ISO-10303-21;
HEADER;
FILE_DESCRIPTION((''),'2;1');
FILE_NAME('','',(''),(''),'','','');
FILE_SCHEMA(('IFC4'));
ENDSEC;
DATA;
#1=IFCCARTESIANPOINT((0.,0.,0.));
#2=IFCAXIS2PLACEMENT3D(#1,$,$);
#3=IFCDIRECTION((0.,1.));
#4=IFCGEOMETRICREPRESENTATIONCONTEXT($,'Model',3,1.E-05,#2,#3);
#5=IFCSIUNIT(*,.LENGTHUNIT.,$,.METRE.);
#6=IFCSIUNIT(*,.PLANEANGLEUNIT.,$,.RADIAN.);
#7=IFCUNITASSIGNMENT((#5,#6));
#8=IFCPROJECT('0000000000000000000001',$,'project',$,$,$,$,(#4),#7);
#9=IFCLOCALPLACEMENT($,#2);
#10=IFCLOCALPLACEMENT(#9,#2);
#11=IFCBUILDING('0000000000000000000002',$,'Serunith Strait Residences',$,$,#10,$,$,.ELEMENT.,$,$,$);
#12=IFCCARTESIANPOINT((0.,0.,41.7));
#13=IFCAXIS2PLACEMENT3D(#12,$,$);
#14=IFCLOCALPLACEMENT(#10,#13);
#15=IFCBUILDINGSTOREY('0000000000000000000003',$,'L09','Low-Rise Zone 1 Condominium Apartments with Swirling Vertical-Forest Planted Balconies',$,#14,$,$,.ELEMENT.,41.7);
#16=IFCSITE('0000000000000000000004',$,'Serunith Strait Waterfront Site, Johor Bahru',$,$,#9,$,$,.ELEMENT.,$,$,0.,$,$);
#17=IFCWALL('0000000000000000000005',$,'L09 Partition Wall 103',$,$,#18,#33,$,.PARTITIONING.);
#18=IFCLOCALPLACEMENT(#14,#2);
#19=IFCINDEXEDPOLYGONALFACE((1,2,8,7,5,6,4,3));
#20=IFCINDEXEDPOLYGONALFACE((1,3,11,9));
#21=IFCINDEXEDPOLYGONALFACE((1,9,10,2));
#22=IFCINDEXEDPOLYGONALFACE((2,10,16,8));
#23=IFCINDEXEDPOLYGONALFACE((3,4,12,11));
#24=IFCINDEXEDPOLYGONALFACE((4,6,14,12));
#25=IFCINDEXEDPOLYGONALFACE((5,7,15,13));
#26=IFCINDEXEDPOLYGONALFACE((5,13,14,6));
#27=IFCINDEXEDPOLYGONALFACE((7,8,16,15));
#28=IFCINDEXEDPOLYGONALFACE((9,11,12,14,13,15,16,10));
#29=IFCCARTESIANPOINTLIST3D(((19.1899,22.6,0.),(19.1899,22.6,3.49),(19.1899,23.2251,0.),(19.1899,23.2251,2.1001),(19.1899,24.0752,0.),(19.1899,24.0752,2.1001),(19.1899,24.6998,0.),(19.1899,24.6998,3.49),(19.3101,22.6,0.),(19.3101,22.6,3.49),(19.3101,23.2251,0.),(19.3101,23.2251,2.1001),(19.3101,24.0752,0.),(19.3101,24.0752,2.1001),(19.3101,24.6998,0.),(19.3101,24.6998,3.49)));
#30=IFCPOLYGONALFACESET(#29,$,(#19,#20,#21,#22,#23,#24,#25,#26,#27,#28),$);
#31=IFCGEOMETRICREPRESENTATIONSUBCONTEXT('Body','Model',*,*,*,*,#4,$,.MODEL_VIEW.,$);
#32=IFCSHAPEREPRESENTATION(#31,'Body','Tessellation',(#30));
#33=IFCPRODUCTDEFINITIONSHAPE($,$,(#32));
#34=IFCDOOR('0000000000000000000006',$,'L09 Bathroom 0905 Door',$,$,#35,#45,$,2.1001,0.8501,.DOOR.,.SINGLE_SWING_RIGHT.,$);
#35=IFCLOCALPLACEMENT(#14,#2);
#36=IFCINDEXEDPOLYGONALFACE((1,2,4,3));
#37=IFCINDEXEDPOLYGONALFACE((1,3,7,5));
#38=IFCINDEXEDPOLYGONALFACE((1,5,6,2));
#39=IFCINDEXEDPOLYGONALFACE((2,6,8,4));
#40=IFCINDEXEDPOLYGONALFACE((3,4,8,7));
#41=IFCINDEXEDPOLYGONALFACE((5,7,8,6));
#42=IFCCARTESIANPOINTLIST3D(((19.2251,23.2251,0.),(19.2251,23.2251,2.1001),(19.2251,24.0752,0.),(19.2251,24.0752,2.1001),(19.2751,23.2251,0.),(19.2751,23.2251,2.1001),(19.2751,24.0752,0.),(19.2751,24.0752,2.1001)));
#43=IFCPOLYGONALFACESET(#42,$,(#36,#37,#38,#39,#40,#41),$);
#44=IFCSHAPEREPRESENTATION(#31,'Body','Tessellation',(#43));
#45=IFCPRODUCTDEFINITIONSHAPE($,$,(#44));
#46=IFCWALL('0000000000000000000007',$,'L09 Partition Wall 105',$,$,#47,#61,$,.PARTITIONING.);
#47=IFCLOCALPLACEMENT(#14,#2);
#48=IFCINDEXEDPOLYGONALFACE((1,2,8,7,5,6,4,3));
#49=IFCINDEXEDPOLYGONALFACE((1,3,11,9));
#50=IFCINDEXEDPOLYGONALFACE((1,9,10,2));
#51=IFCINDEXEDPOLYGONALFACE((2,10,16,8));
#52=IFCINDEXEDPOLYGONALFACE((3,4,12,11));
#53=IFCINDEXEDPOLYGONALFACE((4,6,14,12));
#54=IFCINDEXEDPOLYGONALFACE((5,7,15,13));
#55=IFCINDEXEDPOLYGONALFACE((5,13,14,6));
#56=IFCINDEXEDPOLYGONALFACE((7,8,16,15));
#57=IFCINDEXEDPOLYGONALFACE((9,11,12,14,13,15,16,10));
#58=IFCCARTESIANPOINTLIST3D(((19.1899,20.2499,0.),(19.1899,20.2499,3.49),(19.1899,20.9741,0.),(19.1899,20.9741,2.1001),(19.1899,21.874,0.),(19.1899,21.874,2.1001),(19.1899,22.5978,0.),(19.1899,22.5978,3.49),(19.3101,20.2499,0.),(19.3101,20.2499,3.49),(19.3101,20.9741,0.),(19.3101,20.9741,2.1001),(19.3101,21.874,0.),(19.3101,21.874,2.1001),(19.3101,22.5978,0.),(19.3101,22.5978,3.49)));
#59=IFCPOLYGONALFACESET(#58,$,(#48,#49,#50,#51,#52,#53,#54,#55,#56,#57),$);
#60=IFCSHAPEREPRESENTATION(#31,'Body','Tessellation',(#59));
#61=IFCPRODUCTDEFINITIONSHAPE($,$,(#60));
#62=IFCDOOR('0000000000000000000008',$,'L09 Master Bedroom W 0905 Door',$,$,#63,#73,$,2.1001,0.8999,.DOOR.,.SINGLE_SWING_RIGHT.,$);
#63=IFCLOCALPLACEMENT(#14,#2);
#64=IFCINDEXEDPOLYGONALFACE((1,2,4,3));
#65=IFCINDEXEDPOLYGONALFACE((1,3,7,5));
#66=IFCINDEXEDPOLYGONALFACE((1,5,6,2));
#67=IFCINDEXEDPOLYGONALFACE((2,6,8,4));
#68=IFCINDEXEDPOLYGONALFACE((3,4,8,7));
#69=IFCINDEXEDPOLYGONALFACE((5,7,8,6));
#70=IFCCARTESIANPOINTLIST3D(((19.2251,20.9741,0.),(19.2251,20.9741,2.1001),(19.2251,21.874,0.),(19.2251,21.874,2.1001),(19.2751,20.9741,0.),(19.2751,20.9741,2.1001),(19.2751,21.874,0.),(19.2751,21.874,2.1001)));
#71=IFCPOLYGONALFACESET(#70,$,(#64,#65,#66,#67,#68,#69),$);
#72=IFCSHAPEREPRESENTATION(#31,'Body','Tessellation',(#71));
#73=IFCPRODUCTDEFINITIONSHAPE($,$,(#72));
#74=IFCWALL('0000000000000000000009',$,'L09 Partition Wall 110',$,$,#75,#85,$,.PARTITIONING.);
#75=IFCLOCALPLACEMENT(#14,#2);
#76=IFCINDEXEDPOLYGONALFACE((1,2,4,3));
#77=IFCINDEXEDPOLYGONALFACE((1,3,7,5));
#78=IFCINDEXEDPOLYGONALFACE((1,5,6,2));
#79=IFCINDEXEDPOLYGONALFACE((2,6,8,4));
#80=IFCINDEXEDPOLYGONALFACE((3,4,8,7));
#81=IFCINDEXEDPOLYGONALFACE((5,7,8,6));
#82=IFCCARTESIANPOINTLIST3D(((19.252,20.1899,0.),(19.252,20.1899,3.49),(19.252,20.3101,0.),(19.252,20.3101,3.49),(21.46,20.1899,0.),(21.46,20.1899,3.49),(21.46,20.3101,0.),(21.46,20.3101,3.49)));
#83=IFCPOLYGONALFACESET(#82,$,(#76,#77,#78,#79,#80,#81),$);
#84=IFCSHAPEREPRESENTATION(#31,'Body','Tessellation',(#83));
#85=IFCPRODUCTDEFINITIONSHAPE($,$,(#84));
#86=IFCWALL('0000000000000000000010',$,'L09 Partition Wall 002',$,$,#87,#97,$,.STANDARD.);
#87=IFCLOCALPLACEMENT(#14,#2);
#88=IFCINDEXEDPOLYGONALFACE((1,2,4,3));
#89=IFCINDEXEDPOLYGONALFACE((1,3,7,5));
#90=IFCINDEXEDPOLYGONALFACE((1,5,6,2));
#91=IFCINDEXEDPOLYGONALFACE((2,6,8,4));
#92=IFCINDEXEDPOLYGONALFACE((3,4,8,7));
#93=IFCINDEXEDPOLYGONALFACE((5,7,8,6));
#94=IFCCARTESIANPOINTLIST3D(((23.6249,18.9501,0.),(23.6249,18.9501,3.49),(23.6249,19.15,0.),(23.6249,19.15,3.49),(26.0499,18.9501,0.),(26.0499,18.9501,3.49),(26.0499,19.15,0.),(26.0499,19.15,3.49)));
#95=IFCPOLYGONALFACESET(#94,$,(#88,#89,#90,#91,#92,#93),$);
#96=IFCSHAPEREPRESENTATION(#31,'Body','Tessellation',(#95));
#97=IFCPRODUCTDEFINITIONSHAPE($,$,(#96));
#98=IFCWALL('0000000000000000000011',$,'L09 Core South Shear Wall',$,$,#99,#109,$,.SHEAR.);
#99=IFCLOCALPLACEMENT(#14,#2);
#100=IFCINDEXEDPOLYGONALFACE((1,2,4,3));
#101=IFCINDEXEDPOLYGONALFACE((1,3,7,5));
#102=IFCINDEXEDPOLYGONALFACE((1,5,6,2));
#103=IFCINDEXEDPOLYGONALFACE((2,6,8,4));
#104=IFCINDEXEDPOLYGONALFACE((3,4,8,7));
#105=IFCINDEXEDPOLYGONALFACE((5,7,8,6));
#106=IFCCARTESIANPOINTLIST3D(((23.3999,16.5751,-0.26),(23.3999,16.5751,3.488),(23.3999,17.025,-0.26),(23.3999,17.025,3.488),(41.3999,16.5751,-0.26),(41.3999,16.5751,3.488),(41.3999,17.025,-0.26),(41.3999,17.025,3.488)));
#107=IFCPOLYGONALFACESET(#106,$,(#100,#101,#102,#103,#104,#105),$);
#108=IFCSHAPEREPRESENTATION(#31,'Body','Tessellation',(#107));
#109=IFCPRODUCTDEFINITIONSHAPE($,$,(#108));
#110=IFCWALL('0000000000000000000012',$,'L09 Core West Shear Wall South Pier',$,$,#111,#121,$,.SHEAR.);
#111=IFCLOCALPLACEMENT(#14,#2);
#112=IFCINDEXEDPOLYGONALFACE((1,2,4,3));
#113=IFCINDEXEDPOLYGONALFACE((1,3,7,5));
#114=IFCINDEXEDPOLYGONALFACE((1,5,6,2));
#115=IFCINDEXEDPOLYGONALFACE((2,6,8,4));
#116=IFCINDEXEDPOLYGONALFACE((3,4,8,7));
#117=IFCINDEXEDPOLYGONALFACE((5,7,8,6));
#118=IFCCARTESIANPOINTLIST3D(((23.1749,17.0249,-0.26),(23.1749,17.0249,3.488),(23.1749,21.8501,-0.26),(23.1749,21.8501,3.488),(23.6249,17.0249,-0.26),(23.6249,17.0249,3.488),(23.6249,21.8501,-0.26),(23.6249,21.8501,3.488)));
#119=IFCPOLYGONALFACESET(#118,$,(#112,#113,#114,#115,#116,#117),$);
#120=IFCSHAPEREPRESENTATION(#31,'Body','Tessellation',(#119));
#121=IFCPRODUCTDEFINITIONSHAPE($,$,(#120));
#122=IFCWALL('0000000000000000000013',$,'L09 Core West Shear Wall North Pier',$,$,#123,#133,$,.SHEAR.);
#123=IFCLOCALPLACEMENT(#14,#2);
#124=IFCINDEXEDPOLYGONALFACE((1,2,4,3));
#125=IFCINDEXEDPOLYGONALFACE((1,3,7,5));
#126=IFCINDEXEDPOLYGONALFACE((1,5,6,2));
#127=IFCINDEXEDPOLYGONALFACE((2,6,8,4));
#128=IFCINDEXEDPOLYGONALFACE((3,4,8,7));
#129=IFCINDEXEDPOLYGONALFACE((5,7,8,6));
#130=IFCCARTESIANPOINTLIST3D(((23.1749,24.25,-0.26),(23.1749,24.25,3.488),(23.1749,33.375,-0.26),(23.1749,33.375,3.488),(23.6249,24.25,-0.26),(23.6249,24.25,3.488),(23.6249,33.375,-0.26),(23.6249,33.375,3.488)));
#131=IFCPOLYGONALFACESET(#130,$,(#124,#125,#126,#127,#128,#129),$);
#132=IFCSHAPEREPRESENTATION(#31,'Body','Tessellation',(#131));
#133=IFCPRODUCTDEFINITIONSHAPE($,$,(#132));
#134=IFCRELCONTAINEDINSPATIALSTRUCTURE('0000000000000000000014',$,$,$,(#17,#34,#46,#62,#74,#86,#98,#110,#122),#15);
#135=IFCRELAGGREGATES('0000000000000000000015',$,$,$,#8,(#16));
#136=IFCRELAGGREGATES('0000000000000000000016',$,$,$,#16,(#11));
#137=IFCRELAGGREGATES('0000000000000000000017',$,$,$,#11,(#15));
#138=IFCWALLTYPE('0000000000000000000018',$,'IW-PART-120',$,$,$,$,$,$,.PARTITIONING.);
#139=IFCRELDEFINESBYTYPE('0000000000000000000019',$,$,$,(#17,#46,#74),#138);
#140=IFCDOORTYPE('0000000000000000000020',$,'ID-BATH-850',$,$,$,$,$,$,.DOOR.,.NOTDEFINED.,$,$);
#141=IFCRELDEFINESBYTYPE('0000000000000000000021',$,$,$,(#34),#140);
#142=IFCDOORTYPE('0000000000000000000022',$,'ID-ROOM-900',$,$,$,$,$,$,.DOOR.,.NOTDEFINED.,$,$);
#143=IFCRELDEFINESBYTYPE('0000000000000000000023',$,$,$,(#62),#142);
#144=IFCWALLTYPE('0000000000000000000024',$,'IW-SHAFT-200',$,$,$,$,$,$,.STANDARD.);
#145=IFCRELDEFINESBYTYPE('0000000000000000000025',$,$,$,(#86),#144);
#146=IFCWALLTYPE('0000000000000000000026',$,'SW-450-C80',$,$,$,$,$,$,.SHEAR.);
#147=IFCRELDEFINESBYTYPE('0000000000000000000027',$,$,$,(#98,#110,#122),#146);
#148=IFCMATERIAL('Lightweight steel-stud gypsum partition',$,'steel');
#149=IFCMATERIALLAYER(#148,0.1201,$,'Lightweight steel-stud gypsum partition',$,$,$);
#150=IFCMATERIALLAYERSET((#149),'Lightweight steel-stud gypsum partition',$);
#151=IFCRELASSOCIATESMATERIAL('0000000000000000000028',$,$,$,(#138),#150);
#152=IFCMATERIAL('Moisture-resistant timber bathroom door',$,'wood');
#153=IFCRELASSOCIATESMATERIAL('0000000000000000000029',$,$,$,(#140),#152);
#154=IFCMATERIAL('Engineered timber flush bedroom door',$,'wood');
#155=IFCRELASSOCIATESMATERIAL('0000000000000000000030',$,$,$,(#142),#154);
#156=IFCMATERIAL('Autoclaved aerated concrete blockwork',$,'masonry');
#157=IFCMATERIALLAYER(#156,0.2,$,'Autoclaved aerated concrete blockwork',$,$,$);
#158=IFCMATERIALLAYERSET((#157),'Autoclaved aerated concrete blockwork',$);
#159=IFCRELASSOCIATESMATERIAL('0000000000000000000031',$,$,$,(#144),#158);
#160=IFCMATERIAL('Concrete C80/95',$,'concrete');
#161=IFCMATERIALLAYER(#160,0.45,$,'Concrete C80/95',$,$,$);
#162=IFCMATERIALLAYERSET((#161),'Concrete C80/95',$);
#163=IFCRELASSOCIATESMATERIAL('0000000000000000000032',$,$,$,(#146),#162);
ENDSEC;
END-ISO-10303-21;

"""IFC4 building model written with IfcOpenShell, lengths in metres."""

from ifc_helpers import new_model, si_unit, direction, frame, frame_2d, origin, place, context, subcontext, project, spatial, rectangle, extrude, source, transform, mapped, material, layer, layer_set, type_object, element, fill, save


model = new_model("IFC4")

# Units and contexts
model_context = context("Model", 3, precision=1e-05, world=origin(), true_north=direction((0.0, 1.0)))
body_context = subcontext(model_context, "Body", "Model", "MODEL_VIEW")
ifc_project = project(units=[si_unit("LENGTHUNIT", "METRE"), si_unit("PLANEANGLEUNIT", "RADIAN")], contexts=[model_context])

# Site, building, storey
site_placement = place(None, origin())
site = spatial("IfcSite", under=ifc_project, at=site_placement, Name="Serunith Strait Waterfront Site, Johor Bahru", CompositionType="ELEMENT", RefElevation=0.0)
building_placement = place(site_placement, origin())
building = spatial("IfcBuilding", under=site, at=building_placement, Name="Serunith Strait Residences", CompositionType="ELEMENT")
storey_placement = place(building_placement, frame((0.0, 0.0, 41.7)))
storey = spatial("IfcBuildingStorey", under=building, at=storey_placement, Name="L09", Description="Low-Rise Zone 1 Condominium Apartments with Swirling Vertical-Forest Planted Balconies", CompositionType="ELEMENT", Elevation=41.7)

# Walls, openings, doors
ifc_material_1 = material(Name="Lightweight steel-stud gypsum partition", Category="steel")
ifc_layer_1 = layer(ifc_material_1, 0.1201, Name="Lightweight steel-stud gypsum partition")
ifc_layer_set_1 = layer_set([ifc_layer_1], Name="Lightweight steel-stud gypsum partition")
wall_type_1 = type_object("IfcWallType", Name="IW-PART-120", PredefinedType="PARTITIONING", material=ifc_layer_set_1)
wall_1_placement = place(storey_placement, frame((19.25, 22.6001, 0.0), z_axis=(0.0, 0.0, 1.0), x_axis=(0.0, 1.0, 0.0)))
wall_1 = element("IfcWall", 1, at=wall_1_placement, inside=storey, type_object=wall_type_1, Name="L09 Partition Wall 103", PredefinedType="PARTITIONING", context=body_context, shape_type="SweptSolid", body=[
    extrude(rectangle(XDim=2.0999, YDim=0.1201, at=frame_2d((1.0498, 0.0))), origin(), (0.0, 0.0, 1.0), 3.49),
])
opening_1_placement = place(wall_1_placement, frame((0.625, 0.0, 0.0)))
opening_1 = element("IfcOpeningElement", 2, at=opening_1_placement, cuts=wall_1, PredefinedType="OPENING", context=body_context, shape_type="SweptSolid", body=[
    extrude(rectangle(XDim=0.8501, YDim=2.1001, at=frame_2d((0.425, 1.05))), frame((0.0, 0.0701, 0.0), z_axis=(0.0, -1.0, 0.0), x_axis=(1.0, 0.0, 0.0)), (0.0, 0.0, 1.0), 0.1401),
])
ifc_material_2 = material(Name="Moisture-resistant timber bathroom door", Category="wood")
door_type_1 = type_object("IfcDoorType", Name="ID-BATH-850", OperationType="NOTDEFINED", PredefinedType="DOOR", material=ifc_material_2)
shared_shape_1 = source(origin(), body_context, "Body", "SweptSolid", [
    extrude(rectangle(XDim=0.8501, YDim=2.1001, at=frame_2d((0.425, 1.05))), frame((0.0, 0.0249, 0.0), z_axis=(0.0, -1.0, 0.0), x_axis=(1.0, 0.0, 0.0)), (0.0, 0.0, 1.0), 0.05),
])
door_1_placement = place(opening_1_placement, origin())
door_1 = element("IfcDoor", 3, at=door_1_placement, inside=storey, type_object=door_type_1, Name="L09 Bathroom 0905 Door", OperationType="SINGLE_SWING_RIGHT", OverallHeight=2.1001, OverallWidth=0.8501, PredefinedType="DOOR", context=body_context, shape_type="MappedRepresentation", body=[
    mapped(shared_shape_1, transform((0.0, 0.0, 0.0), scale=1.0)),
])
fill(opening_1, door_1)
wall_2_placement = place(storey_placement, frame((19.25, 20.25, 0.0), z_axis=(0.0, 0.0, 1.0), x_axis=(0.0, 1.0, 0.0)))
wall_2 = element("IfcWall", 4, at=wall_2_placement, inside=storey, type_object=wall_type_1, Name="L09 Partition Wall 105", PredefinedType="PARTITIONING", context=body_context, shape_type="SweptSolid", body=[
    extrude(rectangle(XDim=2.3479, YDim=0.1201, at=frame_2d((1.1738, 0.0))), origin(), (0.0, 0.0, 1.0), 3.49),
])
opening_2_placement = place(wall_2_placement, frame((0.7241, 0.0, 0.0)))
opening_2 = element("IfcOpeningElement", 5, at=opening_2_placement, cuts=wall_2, PredefinedType="OPENING", context=body_context, shape_type="SweptSolid", body=[
    extrude(rectangle(XDim=0.8999, YDim=2.1001, at=frame_2d((0.45, 1.05))), frame((0.0, 0.0701, 0.0), z_axis=(0.0, -1.0, 0.0), x_axis=(1.0, 0.0, 0.0)), (0.0, 0.0, 1.0), 0.1401),
])
ifc_material_3 = material(Name="Engineered timber flush bedroom door", Category="wood")
door_type_2 = type_object("IfcDoorType", Name="ID-ROOM-900", OperationType="NOTDEFINED", PredefinedType="DOOR", material=ifc_material_3)
shared_shape_2 = source(origin(), body_context, "Body", "SweptSolid", [
    extrude(rectangle(XDim=0.8999, YDim=2.1001, at=frame_2d((0.45, 1.05))), frame((0.0, 0.0249, 0.0), z_axis=(0.0, -1.0, 0.0), x_axis=(1.0, 0.0, 0.0)), (0.0, 0.0, 1.0), 0.05),
])
door_2_placement = place(opening_2_placement, origin())
door_2 = element("IfcDoor", 6, at=door_2_placement, inside=storey, type_object=door_type_2, Name="L09 Master Bedroom W 0905 Door", OperationType="SINGLE_SWING_RIGHT", OverallHeight=2.1001, OverallWidth=0.8999, PredefinedType="DOOR", context=body_context, shape_type="MappedRepresentation", body=[
    mapped(shared_shape_2, transform((0.0, 0.0, 0.0), scale=1.0)),
])
fill(opening_2, door_2)

# Walls
wall_3_placement = place(storey_placement, frame((19.252, 20.25, 0.0), z_axis=(0.0, 0.0, 1.0), x_axis=(1.0, 0.0, 0.0)))
element("IfcWall", 7, at=wall_3_placement, inside=storey, type_object=wall_type_1, Name="L09 Partition Wall 110", PredefinedType="PARTITIONING", context=body_context, shape_type="SweptSolid", body=[
    extrude(rectangle(XDim=2.208, YDim=0.1201, at=frame_2d((1.104, 0.0))), origin(), (0.0, 0.0, 1.0), 3.49),
])
ifc_material_4 = material(Name="Autoclaved aerated concrete blockwork", Category="masonry")
ifc_layer_2 = layer(ifc_material_4, 0.2, Name="Autoclaved aerated concrete blockwork")
ifc_layer_set_2 = layer_set([ifc_layer_2], Name="Autoclaved aerated concrete blockwork")
wall_type_2 = type_object("IfcWallType", Name="IW-SHAFT-200", PredefinedType="STANDARD", material=ifc_layer_set_2)
wall_4_placement = place(storey_placement, frame((23.625, 19.05, 0.0), z_axis=(0.0, 0.0, 1.0), x_axis=(1.0, 0.0, 0.0)))
element("IfcWall", 8, at=wall_4_placement, inside=storey, type_object=wall_type_2, Name="L09 Partition Wall 002", PredefinedType="STANDARD", context=body_context, shape_type="SweptSolid", body=[
    extrude(rectangle(XDim=2.425, YDim=0.2, at=frame_2d((1.2124, 0.0))), origin(), (0.0, 0.0, 1.0), 3.49),
])

# Walls
ifc_material_5 = material(Name="Concrete C80/95", Category="concrete")
ifc_layer_3 = layer(ifc_material_5, 0.45, Name="Concrete C80/95")
ifc_layer_set_3 = layer_set([ifc_layer_3], Name="Concrete C80/95")
wall_type_3 = type_object("IfcWallType", Name="SW-450-C80", PredefinedType="SHEAR", material=ifc_layer_set_3)
wall_5_placement = place(storey_placement, frame((23.3999, 16.8, -0.26), z_axis=(0.0, 0.0, 1.0), x_axis=(1.0, 0.0, 0.0)))
element("IfcWall", 9, at=wall_5_placement, inside=storey, type_object=wall_type_3, Name="L09 Core South Shear Wall", PredefinedType="SHEAR", context=body_context, shape_type="SweptSolid", body=[
    extrude(rectangle(XDim=18.0, YDim=0.45, at=frame_2d((9.0, 0.0))), origin(), (0.0, 0.0, 1.0), 3.748),
])
wall_6_placement = place(storey_placement, frame((23.3999, 17.0249, -0.26), z_axis=(0.0, 0.0, 1.0), x_axis=(0.0, 1.0, 0.0)))
element("IfcWall", 10, at=wall_6_placement, inside=storey, type_object=wall_type_3, Name="L09 Core West Shear Wall South Pier", PredefinedType="SHEAR", context=body_context, shape_type="SweptSolid", body=[
    extrude(rectangle(XDim=4.8252, YDim=0.45, at=frame_2d((2.4126, 0.0))), origin(), (0.0, 0.0, 1.0), 3.748),
])
wall_7_placement = place(storey_placement, frame((23.3999, 24.25, -0.26), z_axis=(0.0, 0.0, 1.0), x_axis=(0.0, 1.0, 0.0)))
element("IfcWall", 11, at=wall_7_placement, inside=storey, type_object=wall_type_3, Name="L09 Core West Shear Wall North Pier", PredefinedType="SHEAR", context=body_context, shape_type="SweptSolid", body=[
    extrude(rectangle(XDim=9.125, YDim=0.45, at=frame_2d((4.5625, 0.0))), origin(), (0.0, 0.0, 1.0), 3.748),
])

save(model, "model.ifc")
